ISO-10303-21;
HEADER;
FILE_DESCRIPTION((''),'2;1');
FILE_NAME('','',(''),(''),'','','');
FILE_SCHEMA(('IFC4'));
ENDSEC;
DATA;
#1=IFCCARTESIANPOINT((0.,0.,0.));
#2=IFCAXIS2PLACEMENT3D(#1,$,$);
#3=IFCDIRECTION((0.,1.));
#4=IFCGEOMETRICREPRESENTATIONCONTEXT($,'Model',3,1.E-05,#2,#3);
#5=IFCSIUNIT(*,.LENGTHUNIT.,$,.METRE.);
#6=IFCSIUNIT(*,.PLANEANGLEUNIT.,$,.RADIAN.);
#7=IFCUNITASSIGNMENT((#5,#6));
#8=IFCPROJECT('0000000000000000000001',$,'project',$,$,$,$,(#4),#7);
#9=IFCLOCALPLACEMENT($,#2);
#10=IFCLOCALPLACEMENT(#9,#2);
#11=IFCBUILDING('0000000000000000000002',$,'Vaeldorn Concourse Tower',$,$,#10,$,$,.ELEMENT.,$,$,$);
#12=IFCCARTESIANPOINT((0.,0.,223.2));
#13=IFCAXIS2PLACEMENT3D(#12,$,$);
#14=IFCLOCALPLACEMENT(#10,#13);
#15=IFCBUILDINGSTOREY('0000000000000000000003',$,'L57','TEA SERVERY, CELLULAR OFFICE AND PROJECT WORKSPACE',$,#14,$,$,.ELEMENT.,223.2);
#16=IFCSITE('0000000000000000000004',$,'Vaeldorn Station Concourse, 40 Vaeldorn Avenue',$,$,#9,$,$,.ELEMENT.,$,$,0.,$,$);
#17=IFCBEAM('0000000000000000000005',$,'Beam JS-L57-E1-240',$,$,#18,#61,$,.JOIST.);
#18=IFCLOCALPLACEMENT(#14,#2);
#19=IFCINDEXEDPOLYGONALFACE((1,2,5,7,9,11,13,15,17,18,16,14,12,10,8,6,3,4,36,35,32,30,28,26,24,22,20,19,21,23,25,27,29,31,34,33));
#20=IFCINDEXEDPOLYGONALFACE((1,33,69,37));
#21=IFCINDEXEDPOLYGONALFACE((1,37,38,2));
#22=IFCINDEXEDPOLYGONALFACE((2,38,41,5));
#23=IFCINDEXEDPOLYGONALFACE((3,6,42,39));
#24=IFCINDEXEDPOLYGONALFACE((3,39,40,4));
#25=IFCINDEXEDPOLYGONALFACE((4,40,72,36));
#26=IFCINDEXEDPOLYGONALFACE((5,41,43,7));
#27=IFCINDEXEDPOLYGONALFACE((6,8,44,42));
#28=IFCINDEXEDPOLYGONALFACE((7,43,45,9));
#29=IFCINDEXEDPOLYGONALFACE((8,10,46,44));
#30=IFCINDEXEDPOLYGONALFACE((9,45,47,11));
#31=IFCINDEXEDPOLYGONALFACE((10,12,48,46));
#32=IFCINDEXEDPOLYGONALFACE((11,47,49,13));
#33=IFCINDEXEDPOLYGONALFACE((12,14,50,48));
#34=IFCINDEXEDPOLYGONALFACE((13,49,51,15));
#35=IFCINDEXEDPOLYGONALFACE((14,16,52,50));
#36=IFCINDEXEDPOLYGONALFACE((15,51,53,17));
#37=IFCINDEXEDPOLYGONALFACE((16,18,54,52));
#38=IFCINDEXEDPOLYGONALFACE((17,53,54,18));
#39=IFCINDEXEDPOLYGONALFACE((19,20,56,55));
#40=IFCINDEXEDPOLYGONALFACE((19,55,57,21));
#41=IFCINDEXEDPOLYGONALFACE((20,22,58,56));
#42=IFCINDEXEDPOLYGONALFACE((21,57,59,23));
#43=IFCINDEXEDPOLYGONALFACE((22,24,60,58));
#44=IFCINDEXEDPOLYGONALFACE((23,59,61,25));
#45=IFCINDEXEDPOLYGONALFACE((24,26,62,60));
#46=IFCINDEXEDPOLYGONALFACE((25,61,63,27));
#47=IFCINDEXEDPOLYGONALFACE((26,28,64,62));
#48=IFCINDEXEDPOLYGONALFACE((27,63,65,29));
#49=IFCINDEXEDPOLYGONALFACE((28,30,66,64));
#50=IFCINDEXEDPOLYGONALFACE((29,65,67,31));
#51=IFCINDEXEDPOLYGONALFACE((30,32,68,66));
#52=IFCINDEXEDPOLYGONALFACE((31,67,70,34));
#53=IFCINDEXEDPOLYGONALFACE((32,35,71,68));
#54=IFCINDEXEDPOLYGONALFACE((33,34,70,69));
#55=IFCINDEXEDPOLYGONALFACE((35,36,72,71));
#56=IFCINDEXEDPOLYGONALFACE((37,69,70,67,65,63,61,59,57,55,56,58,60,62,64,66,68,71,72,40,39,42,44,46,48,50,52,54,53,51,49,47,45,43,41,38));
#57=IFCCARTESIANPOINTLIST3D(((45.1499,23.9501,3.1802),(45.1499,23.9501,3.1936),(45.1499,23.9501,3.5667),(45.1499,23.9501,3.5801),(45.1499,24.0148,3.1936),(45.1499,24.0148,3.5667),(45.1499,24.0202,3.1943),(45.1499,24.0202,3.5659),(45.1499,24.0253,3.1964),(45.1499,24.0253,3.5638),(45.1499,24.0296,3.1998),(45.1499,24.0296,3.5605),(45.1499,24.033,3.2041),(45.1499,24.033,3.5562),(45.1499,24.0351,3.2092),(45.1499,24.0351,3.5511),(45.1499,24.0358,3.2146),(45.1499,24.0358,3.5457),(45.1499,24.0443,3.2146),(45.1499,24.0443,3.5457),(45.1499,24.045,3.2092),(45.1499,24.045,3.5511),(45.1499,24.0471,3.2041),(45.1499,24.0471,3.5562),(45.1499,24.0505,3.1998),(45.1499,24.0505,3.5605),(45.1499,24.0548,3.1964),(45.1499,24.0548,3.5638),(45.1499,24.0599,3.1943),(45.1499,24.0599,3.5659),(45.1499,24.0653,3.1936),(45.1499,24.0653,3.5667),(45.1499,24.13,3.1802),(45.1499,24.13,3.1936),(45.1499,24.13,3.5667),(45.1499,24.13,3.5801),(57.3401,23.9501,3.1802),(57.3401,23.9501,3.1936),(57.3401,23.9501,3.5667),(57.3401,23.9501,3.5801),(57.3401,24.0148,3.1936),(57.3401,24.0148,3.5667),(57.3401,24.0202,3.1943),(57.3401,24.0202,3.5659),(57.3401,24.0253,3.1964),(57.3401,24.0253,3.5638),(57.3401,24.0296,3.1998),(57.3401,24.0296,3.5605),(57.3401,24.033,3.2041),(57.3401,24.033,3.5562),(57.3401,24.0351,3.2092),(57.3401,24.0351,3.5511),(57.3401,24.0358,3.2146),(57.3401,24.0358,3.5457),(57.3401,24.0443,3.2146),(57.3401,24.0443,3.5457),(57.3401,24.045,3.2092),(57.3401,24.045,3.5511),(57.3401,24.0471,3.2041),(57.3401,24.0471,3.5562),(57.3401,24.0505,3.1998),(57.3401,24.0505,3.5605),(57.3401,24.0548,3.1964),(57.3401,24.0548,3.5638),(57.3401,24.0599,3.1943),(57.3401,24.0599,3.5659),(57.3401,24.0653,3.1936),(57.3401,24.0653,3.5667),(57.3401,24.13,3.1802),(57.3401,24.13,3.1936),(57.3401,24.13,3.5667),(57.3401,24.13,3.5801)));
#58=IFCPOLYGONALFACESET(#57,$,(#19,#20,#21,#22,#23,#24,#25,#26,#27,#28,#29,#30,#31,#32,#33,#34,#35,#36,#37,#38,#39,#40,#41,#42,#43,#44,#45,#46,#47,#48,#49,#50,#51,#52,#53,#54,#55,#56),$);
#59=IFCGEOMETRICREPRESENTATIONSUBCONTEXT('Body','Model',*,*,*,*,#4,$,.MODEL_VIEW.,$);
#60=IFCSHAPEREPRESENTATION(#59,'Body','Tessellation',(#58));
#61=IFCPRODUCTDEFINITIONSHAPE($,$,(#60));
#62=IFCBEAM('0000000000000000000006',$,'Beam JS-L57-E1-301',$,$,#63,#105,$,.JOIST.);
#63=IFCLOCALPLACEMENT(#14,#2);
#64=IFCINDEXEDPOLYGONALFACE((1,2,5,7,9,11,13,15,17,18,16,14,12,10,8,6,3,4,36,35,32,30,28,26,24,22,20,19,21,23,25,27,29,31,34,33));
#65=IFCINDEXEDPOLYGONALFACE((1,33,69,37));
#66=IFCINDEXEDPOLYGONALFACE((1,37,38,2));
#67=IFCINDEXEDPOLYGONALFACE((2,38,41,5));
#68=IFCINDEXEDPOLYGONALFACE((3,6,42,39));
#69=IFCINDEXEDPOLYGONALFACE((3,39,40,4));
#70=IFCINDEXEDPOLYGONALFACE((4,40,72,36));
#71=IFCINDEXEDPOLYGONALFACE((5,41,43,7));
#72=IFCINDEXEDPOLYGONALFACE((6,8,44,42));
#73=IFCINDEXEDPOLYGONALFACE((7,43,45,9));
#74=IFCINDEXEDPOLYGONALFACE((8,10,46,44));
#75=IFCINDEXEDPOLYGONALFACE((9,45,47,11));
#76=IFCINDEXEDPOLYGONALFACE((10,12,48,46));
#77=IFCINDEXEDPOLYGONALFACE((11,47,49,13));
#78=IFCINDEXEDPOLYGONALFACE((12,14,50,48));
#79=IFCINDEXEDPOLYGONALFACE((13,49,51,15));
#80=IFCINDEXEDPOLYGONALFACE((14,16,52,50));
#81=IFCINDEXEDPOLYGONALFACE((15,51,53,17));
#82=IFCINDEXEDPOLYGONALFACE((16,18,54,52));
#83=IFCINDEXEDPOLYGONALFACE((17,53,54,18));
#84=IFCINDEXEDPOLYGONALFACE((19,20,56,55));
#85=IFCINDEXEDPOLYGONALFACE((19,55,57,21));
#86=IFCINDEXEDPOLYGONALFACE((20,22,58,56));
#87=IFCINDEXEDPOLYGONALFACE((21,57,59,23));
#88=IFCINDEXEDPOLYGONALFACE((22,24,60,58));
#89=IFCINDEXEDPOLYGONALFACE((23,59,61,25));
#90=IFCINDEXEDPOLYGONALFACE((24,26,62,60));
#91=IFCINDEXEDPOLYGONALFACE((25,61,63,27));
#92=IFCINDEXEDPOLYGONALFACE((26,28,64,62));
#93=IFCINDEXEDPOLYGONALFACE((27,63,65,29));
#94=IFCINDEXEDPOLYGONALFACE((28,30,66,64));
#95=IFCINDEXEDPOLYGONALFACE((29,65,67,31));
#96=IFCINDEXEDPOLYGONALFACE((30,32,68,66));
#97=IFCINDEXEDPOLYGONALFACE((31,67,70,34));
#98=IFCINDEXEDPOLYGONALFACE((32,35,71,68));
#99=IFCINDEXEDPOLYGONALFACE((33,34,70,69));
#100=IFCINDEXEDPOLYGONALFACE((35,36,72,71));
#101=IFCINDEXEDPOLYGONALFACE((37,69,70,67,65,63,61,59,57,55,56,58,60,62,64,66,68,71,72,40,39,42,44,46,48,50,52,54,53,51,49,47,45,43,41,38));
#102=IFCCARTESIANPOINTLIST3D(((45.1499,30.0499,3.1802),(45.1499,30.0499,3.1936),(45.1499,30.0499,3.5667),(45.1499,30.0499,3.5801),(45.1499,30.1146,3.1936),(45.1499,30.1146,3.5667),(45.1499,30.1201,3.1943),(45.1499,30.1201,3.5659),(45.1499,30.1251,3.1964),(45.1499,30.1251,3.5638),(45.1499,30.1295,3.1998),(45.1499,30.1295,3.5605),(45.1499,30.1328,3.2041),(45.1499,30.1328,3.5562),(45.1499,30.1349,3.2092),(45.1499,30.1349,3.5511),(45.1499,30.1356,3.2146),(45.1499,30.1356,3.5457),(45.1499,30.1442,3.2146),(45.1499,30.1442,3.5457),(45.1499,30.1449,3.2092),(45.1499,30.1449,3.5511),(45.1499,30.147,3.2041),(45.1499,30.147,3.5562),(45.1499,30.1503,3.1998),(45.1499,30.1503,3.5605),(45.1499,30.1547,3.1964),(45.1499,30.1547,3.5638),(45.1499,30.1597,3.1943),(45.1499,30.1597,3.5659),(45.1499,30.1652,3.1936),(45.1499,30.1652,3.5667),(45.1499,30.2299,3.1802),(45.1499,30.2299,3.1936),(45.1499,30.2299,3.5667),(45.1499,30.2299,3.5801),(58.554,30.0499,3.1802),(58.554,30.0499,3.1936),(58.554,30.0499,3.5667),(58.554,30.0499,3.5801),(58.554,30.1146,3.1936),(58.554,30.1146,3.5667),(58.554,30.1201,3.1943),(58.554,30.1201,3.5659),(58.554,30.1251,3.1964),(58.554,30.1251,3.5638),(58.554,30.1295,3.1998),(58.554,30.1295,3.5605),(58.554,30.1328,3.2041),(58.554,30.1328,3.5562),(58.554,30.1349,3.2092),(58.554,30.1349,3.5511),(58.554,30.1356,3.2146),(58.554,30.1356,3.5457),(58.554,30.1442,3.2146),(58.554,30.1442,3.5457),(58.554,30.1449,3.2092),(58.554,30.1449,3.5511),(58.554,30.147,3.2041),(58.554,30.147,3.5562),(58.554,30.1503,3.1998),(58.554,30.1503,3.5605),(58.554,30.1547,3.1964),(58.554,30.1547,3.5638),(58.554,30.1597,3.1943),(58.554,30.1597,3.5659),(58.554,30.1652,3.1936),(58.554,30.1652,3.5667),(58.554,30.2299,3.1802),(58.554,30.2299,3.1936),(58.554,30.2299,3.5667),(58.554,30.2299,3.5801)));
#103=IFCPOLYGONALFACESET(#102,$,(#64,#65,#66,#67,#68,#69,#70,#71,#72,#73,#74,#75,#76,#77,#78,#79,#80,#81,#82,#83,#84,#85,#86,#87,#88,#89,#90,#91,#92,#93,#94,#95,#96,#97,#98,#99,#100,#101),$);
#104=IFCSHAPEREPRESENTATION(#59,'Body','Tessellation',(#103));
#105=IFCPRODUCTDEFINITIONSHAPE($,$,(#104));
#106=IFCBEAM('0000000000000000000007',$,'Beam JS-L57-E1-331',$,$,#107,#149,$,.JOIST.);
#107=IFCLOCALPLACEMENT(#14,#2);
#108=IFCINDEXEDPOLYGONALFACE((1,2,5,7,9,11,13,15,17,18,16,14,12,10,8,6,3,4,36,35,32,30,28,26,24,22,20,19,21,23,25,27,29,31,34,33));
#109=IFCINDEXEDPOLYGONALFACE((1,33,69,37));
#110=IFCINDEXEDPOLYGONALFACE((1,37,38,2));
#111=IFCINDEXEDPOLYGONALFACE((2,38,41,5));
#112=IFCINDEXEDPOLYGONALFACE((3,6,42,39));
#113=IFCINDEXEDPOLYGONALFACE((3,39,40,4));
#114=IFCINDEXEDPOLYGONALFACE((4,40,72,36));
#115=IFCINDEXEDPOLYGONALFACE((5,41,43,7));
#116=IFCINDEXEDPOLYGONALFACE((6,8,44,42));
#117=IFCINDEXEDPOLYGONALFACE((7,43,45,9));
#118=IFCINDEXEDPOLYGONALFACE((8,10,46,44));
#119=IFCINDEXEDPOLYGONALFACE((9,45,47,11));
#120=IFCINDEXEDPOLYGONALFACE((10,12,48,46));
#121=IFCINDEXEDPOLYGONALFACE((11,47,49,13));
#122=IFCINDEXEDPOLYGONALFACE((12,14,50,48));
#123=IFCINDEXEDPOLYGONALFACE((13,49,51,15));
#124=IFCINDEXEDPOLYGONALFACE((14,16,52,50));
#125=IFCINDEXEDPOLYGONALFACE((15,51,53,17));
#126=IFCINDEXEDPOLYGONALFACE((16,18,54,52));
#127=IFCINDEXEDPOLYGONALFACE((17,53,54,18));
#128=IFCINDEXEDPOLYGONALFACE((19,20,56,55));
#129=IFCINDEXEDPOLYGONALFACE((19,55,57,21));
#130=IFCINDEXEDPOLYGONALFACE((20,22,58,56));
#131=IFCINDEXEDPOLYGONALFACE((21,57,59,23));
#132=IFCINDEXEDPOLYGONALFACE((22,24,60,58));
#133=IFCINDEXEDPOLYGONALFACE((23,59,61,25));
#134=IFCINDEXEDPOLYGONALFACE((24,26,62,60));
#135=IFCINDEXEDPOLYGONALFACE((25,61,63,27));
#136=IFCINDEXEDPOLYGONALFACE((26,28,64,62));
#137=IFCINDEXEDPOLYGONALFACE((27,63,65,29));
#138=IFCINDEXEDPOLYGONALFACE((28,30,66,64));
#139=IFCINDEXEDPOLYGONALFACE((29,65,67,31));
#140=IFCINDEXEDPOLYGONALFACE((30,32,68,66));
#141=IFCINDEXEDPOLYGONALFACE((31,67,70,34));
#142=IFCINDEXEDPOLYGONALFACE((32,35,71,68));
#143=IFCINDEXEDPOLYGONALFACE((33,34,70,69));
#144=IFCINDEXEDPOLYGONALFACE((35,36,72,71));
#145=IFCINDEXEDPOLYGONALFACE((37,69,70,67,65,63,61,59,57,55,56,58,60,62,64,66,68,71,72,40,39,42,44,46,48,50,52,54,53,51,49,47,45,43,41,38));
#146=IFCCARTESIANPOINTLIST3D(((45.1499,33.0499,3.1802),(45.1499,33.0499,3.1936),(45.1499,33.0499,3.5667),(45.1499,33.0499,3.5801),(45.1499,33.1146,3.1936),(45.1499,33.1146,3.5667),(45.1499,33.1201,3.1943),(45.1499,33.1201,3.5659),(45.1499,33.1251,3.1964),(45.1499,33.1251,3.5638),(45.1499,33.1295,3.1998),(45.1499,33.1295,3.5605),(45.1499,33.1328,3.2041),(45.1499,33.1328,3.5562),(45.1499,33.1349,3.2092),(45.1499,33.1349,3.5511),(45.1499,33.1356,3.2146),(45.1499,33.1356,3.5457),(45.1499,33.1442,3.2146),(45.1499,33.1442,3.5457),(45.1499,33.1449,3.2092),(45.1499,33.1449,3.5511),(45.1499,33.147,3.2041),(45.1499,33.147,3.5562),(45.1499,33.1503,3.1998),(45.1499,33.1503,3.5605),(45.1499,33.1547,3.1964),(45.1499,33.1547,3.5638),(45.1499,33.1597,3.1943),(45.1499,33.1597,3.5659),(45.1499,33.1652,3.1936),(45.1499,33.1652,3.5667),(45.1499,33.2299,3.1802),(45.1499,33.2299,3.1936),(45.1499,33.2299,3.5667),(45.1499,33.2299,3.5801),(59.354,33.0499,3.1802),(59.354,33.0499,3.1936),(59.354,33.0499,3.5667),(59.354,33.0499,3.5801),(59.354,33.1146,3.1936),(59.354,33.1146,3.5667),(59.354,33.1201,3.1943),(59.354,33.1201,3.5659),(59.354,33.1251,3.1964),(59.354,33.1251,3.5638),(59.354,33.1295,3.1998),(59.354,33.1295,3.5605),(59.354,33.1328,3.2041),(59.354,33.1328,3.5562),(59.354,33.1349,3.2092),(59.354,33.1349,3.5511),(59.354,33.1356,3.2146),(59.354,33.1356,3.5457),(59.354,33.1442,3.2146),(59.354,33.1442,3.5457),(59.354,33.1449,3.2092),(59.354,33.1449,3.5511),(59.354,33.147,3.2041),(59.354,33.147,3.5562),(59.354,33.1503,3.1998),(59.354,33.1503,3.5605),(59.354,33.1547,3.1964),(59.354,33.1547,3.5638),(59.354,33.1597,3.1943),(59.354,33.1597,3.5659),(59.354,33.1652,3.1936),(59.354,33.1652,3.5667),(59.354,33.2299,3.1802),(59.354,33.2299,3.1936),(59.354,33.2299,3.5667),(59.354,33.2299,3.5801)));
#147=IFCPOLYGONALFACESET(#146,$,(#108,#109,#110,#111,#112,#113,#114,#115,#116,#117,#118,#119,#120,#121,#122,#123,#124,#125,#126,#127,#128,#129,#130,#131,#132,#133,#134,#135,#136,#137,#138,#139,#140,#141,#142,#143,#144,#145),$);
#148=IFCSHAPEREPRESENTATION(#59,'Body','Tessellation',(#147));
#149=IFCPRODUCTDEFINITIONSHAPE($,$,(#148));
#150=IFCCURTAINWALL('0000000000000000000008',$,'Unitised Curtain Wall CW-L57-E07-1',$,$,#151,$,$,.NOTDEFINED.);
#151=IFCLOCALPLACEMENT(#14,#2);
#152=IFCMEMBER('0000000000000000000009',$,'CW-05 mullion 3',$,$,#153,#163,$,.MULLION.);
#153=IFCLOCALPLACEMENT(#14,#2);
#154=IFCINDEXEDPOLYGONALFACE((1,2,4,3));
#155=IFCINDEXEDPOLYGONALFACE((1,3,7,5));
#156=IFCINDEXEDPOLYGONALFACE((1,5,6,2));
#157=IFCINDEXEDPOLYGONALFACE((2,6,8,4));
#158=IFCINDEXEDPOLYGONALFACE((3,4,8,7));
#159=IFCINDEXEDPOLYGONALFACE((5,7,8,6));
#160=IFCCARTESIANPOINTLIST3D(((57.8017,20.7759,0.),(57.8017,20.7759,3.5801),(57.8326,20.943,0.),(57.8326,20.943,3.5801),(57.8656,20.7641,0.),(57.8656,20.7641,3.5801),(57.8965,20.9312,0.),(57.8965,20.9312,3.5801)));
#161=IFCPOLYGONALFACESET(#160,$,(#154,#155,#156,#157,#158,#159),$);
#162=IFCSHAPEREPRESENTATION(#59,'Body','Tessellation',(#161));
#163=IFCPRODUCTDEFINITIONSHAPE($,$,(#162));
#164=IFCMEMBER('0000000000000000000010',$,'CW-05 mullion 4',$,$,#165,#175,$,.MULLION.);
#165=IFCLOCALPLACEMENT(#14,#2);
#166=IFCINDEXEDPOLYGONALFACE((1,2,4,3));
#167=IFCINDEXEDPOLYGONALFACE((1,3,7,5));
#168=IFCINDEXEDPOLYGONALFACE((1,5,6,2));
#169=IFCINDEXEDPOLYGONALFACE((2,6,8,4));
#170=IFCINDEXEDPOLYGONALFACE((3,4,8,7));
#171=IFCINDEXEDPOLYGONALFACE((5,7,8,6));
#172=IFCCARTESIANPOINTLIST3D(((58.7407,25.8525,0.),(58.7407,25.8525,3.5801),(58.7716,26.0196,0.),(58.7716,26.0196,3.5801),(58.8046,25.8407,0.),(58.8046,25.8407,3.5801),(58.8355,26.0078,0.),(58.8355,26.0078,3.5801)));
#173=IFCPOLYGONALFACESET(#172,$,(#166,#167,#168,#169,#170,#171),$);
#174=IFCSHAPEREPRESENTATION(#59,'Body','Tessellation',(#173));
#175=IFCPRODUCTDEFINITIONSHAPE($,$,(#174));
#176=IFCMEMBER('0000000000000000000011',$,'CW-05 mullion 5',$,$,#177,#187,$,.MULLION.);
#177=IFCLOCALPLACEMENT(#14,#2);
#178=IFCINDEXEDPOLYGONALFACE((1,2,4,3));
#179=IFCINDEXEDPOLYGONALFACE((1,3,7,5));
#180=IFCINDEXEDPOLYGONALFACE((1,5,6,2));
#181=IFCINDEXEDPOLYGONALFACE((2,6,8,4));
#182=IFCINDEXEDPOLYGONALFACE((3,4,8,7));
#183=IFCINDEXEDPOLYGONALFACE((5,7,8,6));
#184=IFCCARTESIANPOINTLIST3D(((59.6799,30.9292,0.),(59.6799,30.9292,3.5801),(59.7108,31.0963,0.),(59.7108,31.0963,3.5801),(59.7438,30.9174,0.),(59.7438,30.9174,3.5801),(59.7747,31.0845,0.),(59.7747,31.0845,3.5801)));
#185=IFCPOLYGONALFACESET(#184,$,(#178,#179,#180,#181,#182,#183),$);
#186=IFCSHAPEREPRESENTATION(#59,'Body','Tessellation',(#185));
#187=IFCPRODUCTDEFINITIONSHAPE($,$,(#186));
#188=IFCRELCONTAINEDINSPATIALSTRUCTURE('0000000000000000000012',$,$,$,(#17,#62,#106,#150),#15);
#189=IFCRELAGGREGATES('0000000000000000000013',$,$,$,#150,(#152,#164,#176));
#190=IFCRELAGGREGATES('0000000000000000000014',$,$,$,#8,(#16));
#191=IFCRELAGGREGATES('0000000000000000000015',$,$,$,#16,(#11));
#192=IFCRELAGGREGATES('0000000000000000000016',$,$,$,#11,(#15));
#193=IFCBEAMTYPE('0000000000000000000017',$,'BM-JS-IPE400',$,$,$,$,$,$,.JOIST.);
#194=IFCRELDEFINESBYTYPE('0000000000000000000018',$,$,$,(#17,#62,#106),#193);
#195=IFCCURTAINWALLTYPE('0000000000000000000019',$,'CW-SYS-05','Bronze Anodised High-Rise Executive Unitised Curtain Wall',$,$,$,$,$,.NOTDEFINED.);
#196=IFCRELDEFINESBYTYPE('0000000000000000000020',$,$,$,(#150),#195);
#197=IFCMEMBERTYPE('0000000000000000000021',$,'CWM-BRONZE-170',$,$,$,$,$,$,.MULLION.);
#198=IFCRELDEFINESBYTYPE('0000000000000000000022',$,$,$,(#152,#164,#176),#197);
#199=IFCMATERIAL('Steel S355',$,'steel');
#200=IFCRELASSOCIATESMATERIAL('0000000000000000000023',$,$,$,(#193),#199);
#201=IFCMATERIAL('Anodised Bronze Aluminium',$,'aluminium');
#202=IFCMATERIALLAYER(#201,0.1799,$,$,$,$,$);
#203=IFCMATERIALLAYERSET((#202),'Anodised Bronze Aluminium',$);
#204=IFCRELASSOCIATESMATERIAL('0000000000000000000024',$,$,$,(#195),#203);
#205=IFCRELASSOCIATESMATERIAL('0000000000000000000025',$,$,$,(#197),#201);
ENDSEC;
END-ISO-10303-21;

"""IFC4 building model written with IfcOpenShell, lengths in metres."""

from ifc_helpers import new_model, si_unit, direction, frame, origin, origin_2d, place, context, subcontext, project, spatial, rectangle, i_section, extrude, source, transform, mapped, material, layer, layer_set, material_profile, profile_set, type_object, element, aggregate, save


model = new_model("IFC4")

# Units and contexts
model_context = context("Model", 3, precision=1e-05, world=origin(), true_north=direction((0.0, 1.0)))
body_context = subcontext(model_context, "Body", "Model", "MODEL_VIEW")
ifc_project = project(units=[si_unit("LENGTHUNIT", "METRE"), si_unit("PLANEANGLEUNIT", "RADIAN")], contexts=[model_context])

# Site, building, storey
site_placement = place(None, origin())
site = spatial("IfcSite", under=ifc_project, at=site_placement, Name="Vaeldorn Station Concourse, 40 Vaeldorn Avenue", CompositionType="ELEMENT", RefElevation=0.0)
building_placement = place(site_placement, origin())
building = spatial("IfcBuilding", under=site, at=building_placement, Name="Vaeldorn Concourse Tower", CompositionType="ELEMENT")
storey_placement = place(building_placement, frame((0.0, 0.0, 223.2)))
storey = spatial("IfcBuildingStorey", under=building, at=storey_placement, Name="L57", Description="TEA SERVERY, CELLULAR OFFICE AND PROJECT WORKSPACE", CompositionType="ELEMENT", Elevation=223.2)

# Shared definitions
ifc_material_1 = material(Name="Steel S355", Category="steel")

# Beams
ifc_material_profile_1 = material_profile(ifc_material_1, i_section(OverallWidth=0.1799, OverallDepth=0.3999, WebThickness=0.0085, FlangeThickness=0.0134, FilletRadius=0.021, at=origin_2d()), Name="IPE 400")
ifc_profile_set_1 = profile_set([ifc_material_profile_1], Name="Steel S355")
beam_type_1 = type_object("IfcBeamType", Name="BM-JS-IPE400", PredefinedType="JOIST", material=ifc_profile_set_1)
shared_shape_1 = source(origin(), body_context, "Body", "SweptSolid", [
    extrude(i_section(OverallWidth=0.1799, OverallDepth=0.3999, WebThickness=0.0085, FlangeThickness=0.0134, FilletRadius=0.021, at=origin_2d()), origin(), (0.0, 0.0, 1.0), 12.1902),
])
beam_1_placement = place(storey_placement, frame((45.1499, 24.04, 3.3801), z_axis=(1.0, 0.0, 0.0), x_axis=(0.0, 1.0, 0.0)))
element("IfcBeam", 1, at=beam_1_placement, inside=storey, type_object=beam_type_1, Name="Beam JS-L57-E1-240", PredefinedType="JOIST", context=body_context, shape_type="MappedRepresentation", body=[
    mapped(shared_shape_1, transform((0.0, 0.0, 0.0), scale=1.0)),
])
shared_shape_2 = source(origin(), body_context, "Body", "SweptSolid", [
    extrude(i_section(OverallWidth=0.1799, OverallDepth=0.3999, WebThickness=0.0085, FlangeThickness=0.0134, FilletRadius=0.021, at=origin_2d()), origin(), (0.0, 0.0, 1.0), 13.4041),
])
beam_2_placement = place(storey_placement, frame((45.1499, 30.1399, 3.3801), z_axis=(1.0, 0.0, 0.0), x_axis=(0.0, 1.0, 0.0)))
element("IfcBeam", 2, at=beam_2_placement, inside=storey, type_object=beam_type_1, Name="Beam JS-L57-E1-301", PredefinedType="JOIST", context=body_context, shape_type="MappedRepresentation", body=[
    mapped(shared_shape_2, transform((0.0, 0.0, 0.0), scale=1.0)),
])
shared_shape_3 = source(origin(), body_context, "Body", "SweptSolid", [
    extrude(i_section(OverallWidth=0.1799, OverallDepth=0.3999, WebThickness=0.0085, FlangeThickness=0.0134, FilletRadius=0.021, at=origin_2d()), origin(), (0.0, 0.0, 1.0), 14.2041),
])
beam_3_placement = place(storey_placement, frame((45.1499, 33.1399, 3.3801), z_axis=(1.0, 0.0, 0.0), x_axis=(0.0, 1.0, 0.0)))
element("IfcBeam", 3, at=beam_3_placement, inside=storey, type_object=beam_type_1, Name="Beam JS-L57-E1-331", PredefinedType="JOIST", context=body_context, shape_type="MappedRepresentation", body=[
    mapped(shared_shape_3, transform((0.0, 0.0, 0.0), scale=1.0)),
])

# Curtain wall, members
ifc_material_2 = material(Name="Anodised Bronze Aluminium", Category="aluminium")
ifc_layer_1 = layer(ifc_material_2, 0.1799)
ifc_layer_set_1 = layer_set([ifc_layer_1], Name="Anodised Bronze Aluminium")
curtain_wall_type = type_object("IfcCurtainWallType", Name="CW-SYS-05", Description="Bronze Anodised High-Rise Executive Unitised Curtain Wall", PredefinedType="NOTDEFINED", material=ifc_layer_set_1)
curtain_wall_placement = place(storey_placement, origin())
curtain_wall = element("IfcCurtainWall", 4, at=curtain_wall_placement, inside=storey, type_object=curtain_wall_type, Name="Unitised Curtain Wall CW-L57-E07-1", PredefinedType="NOTDEFINED")
ifc_material_profile_2 = material_profile(ifc_material_2, rectangle(XDim=0.0649, YDim=0.1699, at=origin_2d()), Name="CWM 65x170")
ifc_profile_set_2 = profile_set([ifc_material_profile_2], Name="Anodised Bronze Aluminium")
member_type_1 = type_object("IfcMemberType", Name="CWM-BRONZE-170", PredefinedType="MULLION", material=ifc_profile_set_2)
shared_shape_4 = source(origin(), body_context, "Body", "SweptSolid", [
    extrude(rectangle(XDim=0.0649, YDim=0.1699, at=origin_2d()), origin(), (0.0, 0.0, 1.0), 3.5801),
])
member_1_placement = place(storey_placement, frame((57.8491, 20.8535, 0.0), z_axis=(0.0, 0.0, 1.0), x_axis=(-0.983319, 0.181889, 0.0)))
member_1 = element("IfcMember", 5, at=member_1_placement, type_object=member_type_1, Name="CW-05 mullion 3", PredefinedType="MULLION", context=body_context, shape_type="MappedRepresentation", body=[
    mapped(shared_shape_4, transform((0.0, 0.0, 0.0), scale=1.0)),
])
member_2_placement = place(storey_placement, frame((58.7881, 25.9302, 0.0), z_axis=(0.0, 0.0, 1.0), x_axis=(-0.983319, 0.181889, 0.0)))
member_2 = element("IfcMember", 6, at=member_2_placement, type_object=member_type_1, Name="CW-05 mullion 4", PredefinedType="MULLION", context=body_context, shape_type="MappedRepresentation", body=[
    mapped(shared_shape_4, transform((0.0, 0.0, 0.0), scale=1.0)),
])
member_3_placement = place(storey_placement, frame((59.7273, 31.0068, 0.0), z_axis=(0.0, 0.0, 1.0), x_axis=(-0.983319, 0.181889, 0.0)))
member_3 = element("IfcMember", 7, at=member_3_placement, type_object=member_type_1, Name="CW-05 mullion 5", PredefinedType="MULLION", context=body_context, shape_type="MappedRepresentation", body=[
    mapped(shared_shape_4, transform((0.0, 0.0, 0.0), scale=1.0)),
])
aggregate(curtain_wall, [member_1, member_2, member_3])

save(model, "model.ifc")
